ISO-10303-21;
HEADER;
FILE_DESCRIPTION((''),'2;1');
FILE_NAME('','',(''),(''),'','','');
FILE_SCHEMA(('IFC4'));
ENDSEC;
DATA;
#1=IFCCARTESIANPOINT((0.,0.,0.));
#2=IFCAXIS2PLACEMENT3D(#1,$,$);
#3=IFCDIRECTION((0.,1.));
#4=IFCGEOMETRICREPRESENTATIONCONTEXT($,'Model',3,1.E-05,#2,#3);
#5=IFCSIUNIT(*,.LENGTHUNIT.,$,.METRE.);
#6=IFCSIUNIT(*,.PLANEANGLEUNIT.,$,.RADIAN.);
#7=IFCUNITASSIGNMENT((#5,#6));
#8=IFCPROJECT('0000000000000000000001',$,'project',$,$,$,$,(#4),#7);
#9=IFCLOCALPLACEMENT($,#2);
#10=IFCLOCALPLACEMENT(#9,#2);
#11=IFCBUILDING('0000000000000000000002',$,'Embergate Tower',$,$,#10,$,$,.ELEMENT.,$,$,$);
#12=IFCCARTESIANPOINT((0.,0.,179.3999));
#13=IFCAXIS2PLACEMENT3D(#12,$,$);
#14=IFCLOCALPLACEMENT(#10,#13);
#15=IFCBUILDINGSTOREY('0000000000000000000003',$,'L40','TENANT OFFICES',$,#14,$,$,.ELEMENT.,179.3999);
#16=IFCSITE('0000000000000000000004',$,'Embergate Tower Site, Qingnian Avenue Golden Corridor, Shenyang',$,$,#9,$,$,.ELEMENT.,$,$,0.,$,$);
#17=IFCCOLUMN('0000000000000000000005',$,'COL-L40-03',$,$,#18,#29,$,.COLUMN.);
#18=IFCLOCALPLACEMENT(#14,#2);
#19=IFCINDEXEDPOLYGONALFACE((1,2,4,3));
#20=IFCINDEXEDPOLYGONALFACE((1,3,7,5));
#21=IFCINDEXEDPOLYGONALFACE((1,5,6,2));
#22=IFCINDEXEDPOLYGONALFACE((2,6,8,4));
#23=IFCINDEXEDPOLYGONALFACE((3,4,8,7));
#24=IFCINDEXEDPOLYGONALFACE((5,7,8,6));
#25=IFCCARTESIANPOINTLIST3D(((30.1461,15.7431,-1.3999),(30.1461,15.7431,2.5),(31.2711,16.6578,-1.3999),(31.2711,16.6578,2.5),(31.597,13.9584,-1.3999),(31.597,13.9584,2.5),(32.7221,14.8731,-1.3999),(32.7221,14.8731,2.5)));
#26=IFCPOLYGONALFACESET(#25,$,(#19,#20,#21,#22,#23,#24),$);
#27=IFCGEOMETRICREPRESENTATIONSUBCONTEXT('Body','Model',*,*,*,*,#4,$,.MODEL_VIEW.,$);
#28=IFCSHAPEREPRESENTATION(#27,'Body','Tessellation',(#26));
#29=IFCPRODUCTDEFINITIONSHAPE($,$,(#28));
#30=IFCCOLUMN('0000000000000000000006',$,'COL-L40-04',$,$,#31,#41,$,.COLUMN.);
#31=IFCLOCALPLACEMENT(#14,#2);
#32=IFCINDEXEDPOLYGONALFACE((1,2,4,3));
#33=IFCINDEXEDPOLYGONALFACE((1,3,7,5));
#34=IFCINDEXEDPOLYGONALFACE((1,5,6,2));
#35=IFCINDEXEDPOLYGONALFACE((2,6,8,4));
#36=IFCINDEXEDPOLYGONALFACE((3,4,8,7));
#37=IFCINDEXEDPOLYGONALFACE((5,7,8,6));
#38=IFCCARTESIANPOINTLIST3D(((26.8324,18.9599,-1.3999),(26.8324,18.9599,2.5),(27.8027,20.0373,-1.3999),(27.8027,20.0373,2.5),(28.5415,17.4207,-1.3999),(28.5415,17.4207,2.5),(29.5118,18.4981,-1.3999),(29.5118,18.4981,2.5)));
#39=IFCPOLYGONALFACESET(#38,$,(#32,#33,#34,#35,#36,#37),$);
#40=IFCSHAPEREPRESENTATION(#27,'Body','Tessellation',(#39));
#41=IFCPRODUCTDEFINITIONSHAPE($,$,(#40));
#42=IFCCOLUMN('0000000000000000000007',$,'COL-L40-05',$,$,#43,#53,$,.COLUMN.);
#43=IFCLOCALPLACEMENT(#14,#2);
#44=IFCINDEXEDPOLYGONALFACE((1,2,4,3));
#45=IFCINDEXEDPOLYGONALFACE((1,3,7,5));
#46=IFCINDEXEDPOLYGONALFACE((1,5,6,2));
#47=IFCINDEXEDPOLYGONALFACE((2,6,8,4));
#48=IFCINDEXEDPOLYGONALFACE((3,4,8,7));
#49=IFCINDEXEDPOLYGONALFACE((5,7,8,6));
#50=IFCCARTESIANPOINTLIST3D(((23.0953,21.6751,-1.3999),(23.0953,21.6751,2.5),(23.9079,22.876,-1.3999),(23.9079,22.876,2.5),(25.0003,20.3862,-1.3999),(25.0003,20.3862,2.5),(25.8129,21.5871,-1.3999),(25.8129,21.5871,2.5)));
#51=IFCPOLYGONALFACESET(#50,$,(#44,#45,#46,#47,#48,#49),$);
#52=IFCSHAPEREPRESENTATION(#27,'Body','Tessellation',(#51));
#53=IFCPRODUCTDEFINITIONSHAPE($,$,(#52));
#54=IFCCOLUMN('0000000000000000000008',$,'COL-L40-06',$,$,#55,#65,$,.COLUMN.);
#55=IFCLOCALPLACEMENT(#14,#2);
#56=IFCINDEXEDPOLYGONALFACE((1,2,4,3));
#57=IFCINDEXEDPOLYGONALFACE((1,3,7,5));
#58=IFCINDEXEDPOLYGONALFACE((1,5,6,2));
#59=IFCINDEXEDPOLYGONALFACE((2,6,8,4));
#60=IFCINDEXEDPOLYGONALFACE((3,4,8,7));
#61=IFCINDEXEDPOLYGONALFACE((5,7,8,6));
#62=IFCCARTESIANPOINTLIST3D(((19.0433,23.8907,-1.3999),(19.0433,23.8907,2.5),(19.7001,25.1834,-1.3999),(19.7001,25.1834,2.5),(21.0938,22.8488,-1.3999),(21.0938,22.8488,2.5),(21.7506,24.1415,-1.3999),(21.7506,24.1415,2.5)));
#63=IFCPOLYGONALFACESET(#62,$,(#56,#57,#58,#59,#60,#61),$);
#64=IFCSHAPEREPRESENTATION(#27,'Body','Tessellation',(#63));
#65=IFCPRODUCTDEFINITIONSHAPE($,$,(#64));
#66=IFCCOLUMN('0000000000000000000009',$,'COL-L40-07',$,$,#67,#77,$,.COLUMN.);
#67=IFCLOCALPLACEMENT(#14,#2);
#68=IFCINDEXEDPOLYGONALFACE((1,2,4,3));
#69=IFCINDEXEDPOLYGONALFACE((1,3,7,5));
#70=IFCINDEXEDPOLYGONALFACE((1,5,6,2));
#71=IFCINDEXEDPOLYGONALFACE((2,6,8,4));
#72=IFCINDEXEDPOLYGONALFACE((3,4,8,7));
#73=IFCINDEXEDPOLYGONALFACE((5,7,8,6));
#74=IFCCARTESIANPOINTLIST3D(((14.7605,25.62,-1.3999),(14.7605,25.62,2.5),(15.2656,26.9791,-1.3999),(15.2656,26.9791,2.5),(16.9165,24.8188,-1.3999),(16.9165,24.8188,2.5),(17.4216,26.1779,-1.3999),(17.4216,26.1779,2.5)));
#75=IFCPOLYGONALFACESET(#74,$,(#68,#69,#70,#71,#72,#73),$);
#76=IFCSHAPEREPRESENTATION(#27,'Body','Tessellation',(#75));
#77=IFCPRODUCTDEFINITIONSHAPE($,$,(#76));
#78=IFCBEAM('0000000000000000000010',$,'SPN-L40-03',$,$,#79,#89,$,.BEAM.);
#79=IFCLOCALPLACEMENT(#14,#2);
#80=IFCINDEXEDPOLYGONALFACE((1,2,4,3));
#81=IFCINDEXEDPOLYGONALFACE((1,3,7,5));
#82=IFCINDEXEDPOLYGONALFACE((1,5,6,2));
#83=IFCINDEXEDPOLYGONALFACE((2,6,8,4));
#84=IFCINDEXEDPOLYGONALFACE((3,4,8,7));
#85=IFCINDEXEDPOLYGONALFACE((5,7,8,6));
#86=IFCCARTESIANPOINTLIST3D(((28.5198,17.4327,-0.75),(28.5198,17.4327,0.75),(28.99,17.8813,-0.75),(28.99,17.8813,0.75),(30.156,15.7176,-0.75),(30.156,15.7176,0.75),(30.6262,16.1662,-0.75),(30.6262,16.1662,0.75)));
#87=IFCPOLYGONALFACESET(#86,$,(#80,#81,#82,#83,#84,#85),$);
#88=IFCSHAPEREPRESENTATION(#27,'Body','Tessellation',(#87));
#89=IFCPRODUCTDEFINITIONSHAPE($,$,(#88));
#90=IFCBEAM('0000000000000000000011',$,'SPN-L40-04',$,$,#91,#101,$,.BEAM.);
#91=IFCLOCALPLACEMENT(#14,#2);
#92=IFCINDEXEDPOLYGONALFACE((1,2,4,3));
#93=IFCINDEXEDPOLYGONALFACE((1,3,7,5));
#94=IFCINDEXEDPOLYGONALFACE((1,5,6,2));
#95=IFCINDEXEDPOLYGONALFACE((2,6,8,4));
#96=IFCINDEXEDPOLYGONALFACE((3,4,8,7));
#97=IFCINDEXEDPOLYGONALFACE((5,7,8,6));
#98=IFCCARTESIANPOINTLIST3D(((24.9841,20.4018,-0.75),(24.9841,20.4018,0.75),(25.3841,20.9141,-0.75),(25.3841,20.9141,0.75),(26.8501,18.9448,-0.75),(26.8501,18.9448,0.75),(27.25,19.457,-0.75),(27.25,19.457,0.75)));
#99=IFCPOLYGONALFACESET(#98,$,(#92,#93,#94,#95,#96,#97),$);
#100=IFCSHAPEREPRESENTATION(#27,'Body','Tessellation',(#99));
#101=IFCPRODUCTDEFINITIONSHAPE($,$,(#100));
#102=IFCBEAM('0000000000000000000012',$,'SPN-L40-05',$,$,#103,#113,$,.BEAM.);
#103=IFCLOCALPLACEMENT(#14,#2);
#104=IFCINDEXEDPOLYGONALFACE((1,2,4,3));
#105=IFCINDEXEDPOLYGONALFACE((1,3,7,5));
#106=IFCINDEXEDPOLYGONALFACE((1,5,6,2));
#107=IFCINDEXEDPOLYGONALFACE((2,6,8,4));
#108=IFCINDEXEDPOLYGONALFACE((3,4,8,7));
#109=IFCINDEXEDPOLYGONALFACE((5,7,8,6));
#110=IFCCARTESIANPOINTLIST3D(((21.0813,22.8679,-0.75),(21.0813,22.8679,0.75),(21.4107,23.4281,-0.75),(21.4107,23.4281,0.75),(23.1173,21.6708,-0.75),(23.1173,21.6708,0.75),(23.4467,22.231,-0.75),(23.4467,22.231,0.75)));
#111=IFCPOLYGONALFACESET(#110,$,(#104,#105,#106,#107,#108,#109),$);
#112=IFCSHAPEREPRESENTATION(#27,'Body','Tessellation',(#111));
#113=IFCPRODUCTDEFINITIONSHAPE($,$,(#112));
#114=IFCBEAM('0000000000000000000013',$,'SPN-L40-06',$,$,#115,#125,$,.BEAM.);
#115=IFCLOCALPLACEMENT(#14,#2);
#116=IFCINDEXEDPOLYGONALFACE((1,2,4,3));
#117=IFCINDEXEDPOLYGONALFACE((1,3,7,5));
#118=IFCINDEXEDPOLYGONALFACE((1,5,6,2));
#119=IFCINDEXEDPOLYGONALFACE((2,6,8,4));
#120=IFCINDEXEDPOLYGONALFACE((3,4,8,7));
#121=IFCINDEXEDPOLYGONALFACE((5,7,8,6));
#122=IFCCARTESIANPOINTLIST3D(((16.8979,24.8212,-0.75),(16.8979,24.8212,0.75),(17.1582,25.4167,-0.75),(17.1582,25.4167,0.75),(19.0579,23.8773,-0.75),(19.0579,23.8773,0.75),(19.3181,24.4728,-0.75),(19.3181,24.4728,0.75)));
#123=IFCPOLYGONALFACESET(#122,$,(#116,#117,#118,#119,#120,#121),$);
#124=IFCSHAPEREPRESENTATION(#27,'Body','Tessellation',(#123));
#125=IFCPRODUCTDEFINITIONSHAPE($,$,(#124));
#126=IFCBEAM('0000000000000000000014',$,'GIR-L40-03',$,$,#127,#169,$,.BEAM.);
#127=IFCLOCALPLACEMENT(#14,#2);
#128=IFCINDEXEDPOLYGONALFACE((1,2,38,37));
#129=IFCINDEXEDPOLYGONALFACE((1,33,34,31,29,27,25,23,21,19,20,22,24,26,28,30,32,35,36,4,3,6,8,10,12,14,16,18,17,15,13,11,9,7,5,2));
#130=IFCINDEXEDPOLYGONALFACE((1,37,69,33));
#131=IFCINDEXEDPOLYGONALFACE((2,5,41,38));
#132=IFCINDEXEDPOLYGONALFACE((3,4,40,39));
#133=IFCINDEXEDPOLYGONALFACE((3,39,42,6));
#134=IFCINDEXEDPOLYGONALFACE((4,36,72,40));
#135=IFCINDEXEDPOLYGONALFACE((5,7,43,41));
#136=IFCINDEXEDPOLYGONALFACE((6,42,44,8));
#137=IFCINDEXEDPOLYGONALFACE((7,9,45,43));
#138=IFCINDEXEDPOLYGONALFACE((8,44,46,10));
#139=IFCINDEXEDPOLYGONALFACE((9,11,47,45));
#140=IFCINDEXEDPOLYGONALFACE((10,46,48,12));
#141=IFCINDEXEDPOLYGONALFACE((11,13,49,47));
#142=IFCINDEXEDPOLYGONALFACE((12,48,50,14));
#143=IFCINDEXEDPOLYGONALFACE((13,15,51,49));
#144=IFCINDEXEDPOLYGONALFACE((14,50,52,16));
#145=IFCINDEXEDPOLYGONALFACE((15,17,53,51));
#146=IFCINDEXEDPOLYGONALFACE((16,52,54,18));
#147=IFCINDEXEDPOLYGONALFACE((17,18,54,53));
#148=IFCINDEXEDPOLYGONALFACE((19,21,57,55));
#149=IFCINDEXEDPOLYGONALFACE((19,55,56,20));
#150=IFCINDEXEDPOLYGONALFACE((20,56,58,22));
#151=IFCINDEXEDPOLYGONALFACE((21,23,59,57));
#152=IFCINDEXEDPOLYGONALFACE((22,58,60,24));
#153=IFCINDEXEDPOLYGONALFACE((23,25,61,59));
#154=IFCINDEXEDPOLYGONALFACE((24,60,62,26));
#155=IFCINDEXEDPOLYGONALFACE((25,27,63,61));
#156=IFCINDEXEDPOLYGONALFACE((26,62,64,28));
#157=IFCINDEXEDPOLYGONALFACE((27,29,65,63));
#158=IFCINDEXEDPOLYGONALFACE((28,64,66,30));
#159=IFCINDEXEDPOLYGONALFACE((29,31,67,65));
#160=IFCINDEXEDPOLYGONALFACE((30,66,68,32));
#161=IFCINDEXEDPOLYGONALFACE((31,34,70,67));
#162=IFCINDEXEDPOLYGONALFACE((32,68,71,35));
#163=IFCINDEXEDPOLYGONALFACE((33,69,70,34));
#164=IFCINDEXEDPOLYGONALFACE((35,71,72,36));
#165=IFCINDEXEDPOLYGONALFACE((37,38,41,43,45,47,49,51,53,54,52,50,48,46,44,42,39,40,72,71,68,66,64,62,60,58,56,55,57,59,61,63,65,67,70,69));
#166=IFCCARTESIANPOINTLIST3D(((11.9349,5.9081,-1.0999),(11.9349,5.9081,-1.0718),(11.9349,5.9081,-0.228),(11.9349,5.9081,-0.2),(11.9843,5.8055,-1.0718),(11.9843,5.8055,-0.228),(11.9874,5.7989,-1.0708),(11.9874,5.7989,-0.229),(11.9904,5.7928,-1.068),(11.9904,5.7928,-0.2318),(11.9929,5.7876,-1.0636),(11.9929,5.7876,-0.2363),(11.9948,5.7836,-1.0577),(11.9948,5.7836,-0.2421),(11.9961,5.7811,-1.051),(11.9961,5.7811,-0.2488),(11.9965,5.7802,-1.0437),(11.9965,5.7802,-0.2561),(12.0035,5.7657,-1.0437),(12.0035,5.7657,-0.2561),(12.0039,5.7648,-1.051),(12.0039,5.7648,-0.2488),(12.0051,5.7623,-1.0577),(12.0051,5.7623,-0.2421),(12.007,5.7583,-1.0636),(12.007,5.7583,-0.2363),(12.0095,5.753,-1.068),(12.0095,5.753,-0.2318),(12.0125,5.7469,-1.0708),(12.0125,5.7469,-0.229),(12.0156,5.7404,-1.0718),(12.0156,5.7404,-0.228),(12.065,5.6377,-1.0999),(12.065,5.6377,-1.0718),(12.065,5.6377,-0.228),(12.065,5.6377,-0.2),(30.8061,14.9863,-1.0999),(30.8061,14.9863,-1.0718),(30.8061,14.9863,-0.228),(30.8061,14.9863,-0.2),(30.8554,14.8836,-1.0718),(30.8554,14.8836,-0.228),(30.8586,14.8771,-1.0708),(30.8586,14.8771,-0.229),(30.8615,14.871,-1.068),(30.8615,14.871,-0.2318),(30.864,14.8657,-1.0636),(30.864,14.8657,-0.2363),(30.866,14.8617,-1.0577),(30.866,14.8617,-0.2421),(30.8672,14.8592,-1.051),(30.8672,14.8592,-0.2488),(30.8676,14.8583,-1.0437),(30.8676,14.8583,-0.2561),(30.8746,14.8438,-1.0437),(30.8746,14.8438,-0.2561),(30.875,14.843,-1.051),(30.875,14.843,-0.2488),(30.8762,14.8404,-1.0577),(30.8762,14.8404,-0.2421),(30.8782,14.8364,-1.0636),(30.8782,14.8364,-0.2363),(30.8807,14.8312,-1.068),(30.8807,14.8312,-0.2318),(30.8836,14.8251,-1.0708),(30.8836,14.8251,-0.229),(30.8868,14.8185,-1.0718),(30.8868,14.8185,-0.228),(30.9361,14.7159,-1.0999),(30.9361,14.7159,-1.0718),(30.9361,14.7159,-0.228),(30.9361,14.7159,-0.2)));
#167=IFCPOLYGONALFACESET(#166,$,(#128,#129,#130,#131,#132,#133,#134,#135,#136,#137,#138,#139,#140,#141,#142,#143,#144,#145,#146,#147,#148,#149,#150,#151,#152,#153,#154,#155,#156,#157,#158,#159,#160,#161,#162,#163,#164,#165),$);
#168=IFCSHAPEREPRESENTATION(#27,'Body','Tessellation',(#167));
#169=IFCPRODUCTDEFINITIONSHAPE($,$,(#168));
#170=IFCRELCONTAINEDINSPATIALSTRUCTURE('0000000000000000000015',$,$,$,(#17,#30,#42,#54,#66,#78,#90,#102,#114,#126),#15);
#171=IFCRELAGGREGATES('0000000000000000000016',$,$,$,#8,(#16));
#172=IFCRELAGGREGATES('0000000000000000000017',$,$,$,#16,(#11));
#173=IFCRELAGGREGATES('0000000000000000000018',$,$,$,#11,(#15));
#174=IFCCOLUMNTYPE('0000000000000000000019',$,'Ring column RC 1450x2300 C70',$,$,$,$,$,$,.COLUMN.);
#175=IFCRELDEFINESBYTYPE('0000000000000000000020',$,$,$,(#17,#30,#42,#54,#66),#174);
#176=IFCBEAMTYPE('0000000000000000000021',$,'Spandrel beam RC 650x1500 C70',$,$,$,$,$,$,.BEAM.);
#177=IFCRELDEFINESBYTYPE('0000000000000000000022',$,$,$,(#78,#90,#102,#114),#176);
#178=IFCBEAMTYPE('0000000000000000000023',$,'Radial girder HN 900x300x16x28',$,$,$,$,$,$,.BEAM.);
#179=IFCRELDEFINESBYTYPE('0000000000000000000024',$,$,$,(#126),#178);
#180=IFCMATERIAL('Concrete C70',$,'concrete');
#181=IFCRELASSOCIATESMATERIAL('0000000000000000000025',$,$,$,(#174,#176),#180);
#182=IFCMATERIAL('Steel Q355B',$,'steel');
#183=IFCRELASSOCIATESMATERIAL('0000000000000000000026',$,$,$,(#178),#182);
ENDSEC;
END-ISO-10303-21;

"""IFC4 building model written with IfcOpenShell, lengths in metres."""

from ifc_helpers import new_model, si_unit, direction, frame, origin, origin_2d, place, context, subcontext, project, spatial, rectangle, i_section, extrude, source, transform, mapped, material, material_profile, profile_set, type_object, element, save


model = new_model("IFC4")

# Units and contexts
model_context = context("Model", 3, precision=1e-05, world=origin(), true_north=direction((0.0, 1.0)))
body_context = subcontext(model_context, "Body", "Model", "MODEL_VIEW")
ifc_project = project(units=[si_unit("LENGTHUNIT", "METRE"), si_unit("PLANEANGLEUNIT", "RADIAN")], contexts=[model_context])

# Site, building, storey
site_placement = place(None, origin())
site = spatial("IfcSite", under=ifc_project, at=site_placement, Name="Embergate Tower Site, Qingnian Avenue Golden Corridor, Shenyang", CompositionType="ELEMENT", RefElevation=0.0)
building_placement = place(site_placement, origin())
building = spatial("IfcBuilding", under=site, at=building_placement, Name="Embergate Tower", CompositionType="ELEMENT")
storey_placement = place(building_placement, frame((0.0, 0.0, 179.3999)))
storey = spatial("IfcBuildingStorey", under=building, at=storey_placement, Name="L40", Description="TENANT OFFICES", CompositionType="ELEMENT", Elevation=179.3999)

# Columns
ifc_material_1 = material(Name="Concrete C70", Category="concrete")
ifc_material_profile_1 = material_profile(ifc_material_1, rectangle(XDim=1.45, YDim=2.3, at=origin_2d()), Name="RC 1450x2300")
ifc_profile_set_1 = profile_set([ifc_material_profile_1], Name="Concrete C70")
column_type = type_object("IfcColumnType", Name="Ring column RC 1450x2300 C70", PredefinedType="COLUMN", material=ifc_profile_set_1)
shared_shape_1 = source(origin(), body_context, "Body", "SweptSolid", [
    extrude(rectangle(XDim=1.45, YDim=2.3, at=origin_2d()), origin(), (0.0, 0.0, 1.0), 3.8999),
])
for number, where, z_axis, x_axis, name in (
    (1, (31.4341, 15.3081, -1.3999), (0.0, 0.0, 1.0), (0.775914, 0.630838, 0.0), "COL-L40-03"),
    (2, (28.1721, 18.729, -1.3999), (0.0, 0.0, 1.0), (0.669208, 0.743075, 0.0), "COL-L40-04"),
    (3, (24.4541, 21.6311, -1.3999), (0.0, 0.0, 1.0), (0.560393, 0.828227, 0.0), "COL-L40-05"),
    (4, (20.397, 24.0161, -1.3999), (0.0, 0.0, 1.0), (0.452995, 0.891513, 0.0), "COL-L40-06"),
    (5, (16.0911, 25.8989, -1.3999), (0.0, 0.0, 1.0), (0.348343, 0.937367, 0.0), "COL-L40-07"),
):
    element("IfcColumn", number, at=place(storey_placement, frame(where, z_axis=z_axis, x_axis=x_axis)), inside=storey, type_object=column_type, Name=name, PredefinedType="COLUMN", context=body_context, shape_type="MappedRepresentation", body=[
        mapped(shared_shape_1, transform((0.0, 0.0, 0.0))),
    ])

# Beams
ifc_material_profile_2 = material_profile(ifc_material_1, rectangle(XDim=0.6499, YDim=1.5, at=origin_2d()), Name="RC 650x1500")
ifc_profile_set_2 = profile_set([ifc_material_profile_2], Name="Concrete C70")
beam_type_1 = type_object("IfcBeamType", Name="Spandrel beam RC 650x1500 C70", PredefinedType="BEAM", material=ifc_profile_set_2)
shared_shape_2 = source(origin(), body_context, "Body", "SweptSolid", [
    extrude(rectangle(XDim=0.6499, YDim=1.5, at=origin_2d()), origin(), (0.0, 0.0, 1.0), 2.3704),
])
beam_1_placement = place(storey_placement, frame((30.3911, 15.9419, 0.0), z_axis=(-0.690277, 0.723545, 0.0), x_axis=(-0.723545, -0.690277, 0.0)))
element("IfcBeam", 6, at=beam_1_placement, inside=storey, type_object=beam_type_1, Name="SPN-L40-03", PredefinedType="BEAM", context=body_context, shape_type="MappedRepresentation", body=[
    mapped(shared_shape_2, transform((0.0, 0.0, 0.0))),
])
shared_shape_3 = source(origin(), body_context, "Body", "SweptSolid", [
    extrude(rectangle(XDim=0.6499, YDim=1.5, at=origin_2d()), origin(), (0.0, 0.0, 1.0), 2.3674),
])
beam_2_placement = place(storey_placement, frame((27.05, 19.2009, 0.0), z_axis=(-0.788179, 0.615446, 0.0), x_axis=(-0.615446, -0.788179, 0.0)))
element("IfcBeam", 7, at=beam_2_placement, inside=storey, type_object=beam_type_1, Name="SPN-L40-04", PredefinedType="BEAM", context=body_context, shape_type="MappedRepresentation", body=[
    mapped(shared_shape_3, transform((0.0, 0.0, 0.0))),
])
shared_shape_4 = source(origin(), body_context, "Body", "SweptSolid", [
    extrude(rectangle(XDim=0.6499, YDim=1.5, at=origin_2d()), origin(), (0.0, 0.0, 1.0), 2.3618),
])
beam_3_placement = place(storey_placement, frame((23.282, 21.9509, 0.0), z_axis=(-0.862038, 0.506844, 0.0), x_axis=(-0.506844, -0.862038, 0.0)))
element("IfcBeam", 8, at=beam_3_placement, inside=storey, type_object=beam_type_1, Name="SPN-L40-05", PredefinedType="BEAM", context=body_context, shape_type="MappedRepresentation", body=[
    mapped(shared_shape_4, transform((0.0, 0.0, 0.0))),
])
shared_shape_5 = source(origin(), body_context, "Body", "SweptSolid", [
    extrude(rectangle(XDim=0.6499, YDim=1.5, at=origin_2d()), origin(), (0.0, 0.0, 1.0), 2.3572),
])
beam_4_placement = place(storey_placement, frame((19.188, 24.175, 0.0), z_axis=(-0.916331, 0.400422, 0.0), x_axis=(-0.400422, -0.916331, 0.0)))
element("IfcBeam", 9, at=beam_4_placement, inside=storey, type_object=beam_type_1, Name="SPN-L40-06", PredefinedType="BEAM", context=body_context, shape_type="MappedRepresentation", body=[
    mapped(shared_shape_5, transform((0.0, 0.0, 0.0))),
])
ifc_material_2 = material(Name="Steel Q355B", Category="steel")
ifc_material_profile_3 = material_profile(ifc_material_2, i_section(OverallWidth=0.3, OverallDepth=0.8999, WebThickness=0.0161, FlangeThickness=0.0281, FilletRadius=0.0281, at=origin_2d()), Name="HN 900x300x16x28")
ifc_profile_set_3 = profile_set([ifc_material_profile_3], Name="Steel Q355 grade B")
beam_type_2 = type_object("IfcBeamType", Name="Radial girder HN 900x300x16x28", PredefinedType="BEAM", material=ifc_profile_set_3)
shared_shape_6 = source(origin(), body_context, "Body", "SweptSolid", [
    extrude(i_section(OverallWidth=0.3, OverallDepth=0.8999, WebThickness=0.0161, FlangeThickness=0.0281, FilletRadius=0.0281, at=origin_2d()), origin(), (0.0, 0.0, 1.0), 20.9412),
])
beam_5_placement = place(storey_placement, frame((30.8711, 14.8511, -0.6499), z_axis=(-0.90115, -0.433507, 0.0), x_axis=(0.433507, -0.90115, 0.0)))
element("IfcBeam", 10, at=beam_5_placement, inside=storey, type_object=beam_type_2, Name="GIR-L40-03", PredefinedType="BEAM", context=body_context, shape_type="MappedRepresentation", body=[
    mapped(shared_shape_6, transform((0.0, 0.0, 0.0))),
])

save(model, "model.ifc")
